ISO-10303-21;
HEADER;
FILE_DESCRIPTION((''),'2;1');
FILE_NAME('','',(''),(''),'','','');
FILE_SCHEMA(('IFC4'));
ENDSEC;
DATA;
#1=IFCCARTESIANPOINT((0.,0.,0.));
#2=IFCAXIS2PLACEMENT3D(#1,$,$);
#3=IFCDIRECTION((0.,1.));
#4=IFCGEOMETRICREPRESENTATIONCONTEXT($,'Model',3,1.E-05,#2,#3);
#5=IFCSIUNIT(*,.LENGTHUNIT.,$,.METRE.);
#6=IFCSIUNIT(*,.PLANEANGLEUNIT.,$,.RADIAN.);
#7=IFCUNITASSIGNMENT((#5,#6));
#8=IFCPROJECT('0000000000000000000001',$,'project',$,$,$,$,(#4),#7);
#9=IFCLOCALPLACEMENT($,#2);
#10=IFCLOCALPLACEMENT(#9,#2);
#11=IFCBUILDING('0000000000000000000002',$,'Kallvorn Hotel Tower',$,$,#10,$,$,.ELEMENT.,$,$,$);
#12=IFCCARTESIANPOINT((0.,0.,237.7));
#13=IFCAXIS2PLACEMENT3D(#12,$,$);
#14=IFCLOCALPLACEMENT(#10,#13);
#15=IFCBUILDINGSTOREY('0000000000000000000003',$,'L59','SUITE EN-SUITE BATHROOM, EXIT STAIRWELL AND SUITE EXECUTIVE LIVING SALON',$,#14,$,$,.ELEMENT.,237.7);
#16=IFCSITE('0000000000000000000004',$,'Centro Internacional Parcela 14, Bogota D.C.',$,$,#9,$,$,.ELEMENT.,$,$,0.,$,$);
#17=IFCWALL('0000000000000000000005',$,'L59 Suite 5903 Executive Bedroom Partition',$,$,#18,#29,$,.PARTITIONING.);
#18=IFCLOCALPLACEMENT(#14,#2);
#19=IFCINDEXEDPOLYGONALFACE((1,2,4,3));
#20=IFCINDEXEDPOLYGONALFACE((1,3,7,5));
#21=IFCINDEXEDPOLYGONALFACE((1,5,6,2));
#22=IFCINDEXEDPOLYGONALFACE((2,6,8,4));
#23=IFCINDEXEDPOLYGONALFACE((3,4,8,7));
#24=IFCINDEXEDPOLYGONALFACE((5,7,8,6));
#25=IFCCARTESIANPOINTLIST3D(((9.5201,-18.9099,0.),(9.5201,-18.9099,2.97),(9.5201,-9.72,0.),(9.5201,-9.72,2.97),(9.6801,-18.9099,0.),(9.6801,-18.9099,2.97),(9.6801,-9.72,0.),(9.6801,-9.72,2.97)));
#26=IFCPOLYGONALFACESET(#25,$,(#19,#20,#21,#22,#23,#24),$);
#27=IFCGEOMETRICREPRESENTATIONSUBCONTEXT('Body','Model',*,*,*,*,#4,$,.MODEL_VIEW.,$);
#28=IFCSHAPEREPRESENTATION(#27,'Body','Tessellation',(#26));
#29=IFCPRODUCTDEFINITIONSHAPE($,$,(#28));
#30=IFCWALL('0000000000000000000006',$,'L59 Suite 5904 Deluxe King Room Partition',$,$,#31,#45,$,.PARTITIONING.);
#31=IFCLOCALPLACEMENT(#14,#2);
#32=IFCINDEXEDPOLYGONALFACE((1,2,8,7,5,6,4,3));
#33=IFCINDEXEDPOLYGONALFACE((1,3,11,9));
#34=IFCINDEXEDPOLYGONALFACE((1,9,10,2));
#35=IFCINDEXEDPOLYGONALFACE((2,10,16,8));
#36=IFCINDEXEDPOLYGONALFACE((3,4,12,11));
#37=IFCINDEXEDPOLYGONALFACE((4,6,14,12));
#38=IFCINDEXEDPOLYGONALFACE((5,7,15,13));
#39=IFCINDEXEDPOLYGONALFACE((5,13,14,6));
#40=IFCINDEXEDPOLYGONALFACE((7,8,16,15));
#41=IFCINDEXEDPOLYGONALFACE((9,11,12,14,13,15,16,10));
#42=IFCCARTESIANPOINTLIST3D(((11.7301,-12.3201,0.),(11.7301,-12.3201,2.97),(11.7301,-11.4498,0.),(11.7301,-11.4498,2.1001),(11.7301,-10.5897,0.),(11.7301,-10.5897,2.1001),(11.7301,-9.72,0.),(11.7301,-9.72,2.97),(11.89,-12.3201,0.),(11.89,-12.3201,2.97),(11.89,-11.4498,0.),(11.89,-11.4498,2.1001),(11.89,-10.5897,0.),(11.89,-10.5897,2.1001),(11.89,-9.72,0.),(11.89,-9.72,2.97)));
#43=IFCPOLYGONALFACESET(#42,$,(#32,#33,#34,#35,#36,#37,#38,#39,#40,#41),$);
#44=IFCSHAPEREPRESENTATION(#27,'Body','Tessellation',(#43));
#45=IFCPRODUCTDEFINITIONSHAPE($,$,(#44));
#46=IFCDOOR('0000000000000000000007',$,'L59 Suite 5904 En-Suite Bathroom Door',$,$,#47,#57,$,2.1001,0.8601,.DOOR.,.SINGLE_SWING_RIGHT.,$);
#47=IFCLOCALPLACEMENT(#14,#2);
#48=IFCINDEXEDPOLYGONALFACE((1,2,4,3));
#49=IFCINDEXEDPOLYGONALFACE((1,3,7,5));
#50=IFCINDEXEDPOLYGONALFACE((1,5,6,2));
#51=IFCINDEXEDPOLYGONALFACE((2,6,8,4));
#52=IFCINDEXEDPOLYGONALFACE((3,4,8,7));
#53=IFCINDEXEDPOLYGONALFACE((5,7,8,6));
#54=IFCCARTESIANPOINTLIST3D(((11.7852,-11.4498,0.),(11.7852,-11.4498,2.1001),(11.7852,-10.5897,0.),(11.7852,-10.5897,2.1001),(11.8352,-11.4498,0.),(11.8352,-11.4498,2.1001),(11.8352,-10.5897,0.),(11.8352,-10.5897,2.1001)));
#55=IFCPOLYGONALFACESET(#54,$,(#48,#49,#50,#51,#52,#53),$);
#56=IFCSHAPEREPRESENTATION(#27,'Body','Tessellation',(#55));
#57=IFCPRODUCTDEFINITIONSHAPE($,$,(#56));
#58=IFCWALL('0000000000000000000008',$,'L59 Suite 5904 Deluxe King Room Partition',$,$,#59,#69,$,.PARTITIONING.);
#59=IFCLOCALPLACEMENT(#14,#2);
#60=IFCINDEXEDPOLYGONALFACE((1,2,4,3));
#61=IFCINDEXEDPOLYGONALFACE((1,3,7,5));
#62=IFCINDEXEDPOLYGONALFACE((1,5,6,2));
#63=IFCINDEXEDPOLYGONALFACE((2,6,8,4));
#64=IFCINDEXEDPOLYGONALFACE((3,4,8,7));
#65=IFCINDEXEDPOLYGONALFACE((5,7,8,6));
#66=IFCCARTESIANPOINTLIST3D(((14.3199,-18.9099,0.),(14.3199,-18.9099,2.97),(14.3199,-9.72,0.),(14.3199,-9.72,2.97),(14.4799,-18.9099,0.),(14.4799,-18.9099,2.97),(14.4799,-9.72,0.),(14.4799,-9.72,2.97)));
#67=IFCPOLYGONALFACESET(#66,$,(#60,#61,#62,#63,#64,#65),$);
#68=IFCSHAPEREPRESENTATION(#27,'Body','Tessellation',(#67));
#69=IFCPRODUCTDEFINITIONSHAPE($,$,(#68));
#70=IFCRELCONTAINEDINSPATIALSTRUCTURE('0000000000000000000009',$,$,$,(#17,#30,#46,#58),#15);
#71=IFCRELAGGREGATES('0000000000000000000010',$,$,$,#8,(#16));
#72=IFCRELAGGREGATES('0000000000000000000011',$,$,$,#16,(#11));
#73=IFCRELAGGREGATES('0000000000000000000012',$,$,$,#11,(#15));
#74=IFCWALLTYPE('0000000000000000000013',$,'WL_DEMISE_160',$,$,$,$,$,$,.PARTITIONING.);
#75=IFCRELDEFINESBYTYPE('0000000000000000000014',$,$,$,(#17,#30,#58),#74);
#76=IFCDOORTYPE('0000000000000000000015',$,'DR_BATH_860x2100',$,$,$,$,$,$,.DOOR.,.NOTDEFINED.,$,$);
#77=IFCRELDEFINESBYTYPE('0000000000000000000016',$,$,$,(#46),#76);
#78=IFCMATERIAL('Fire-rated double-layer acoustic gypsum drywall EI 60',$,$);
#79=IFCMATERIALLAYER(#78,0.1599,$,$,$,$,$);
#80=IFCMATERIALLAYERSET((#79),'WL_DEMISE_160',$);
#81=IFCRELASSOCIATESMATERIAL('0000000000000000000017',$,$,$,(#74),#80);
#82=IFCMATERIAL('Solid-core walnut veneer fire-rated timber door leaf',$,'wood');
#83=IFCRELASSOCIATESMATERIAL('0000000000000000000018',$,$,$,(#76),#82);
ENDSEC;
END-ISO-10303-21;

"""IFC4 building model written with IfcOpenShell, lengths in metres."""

from ifc_helpers import new_model, si_unit, direction, frame, frame_2d, origin, place, context, subcontext, project, spatial, rectangle, extrude, material, layer, layer_set, type_object, element, fill, save


model = new_model("IFC4")

# Units and contexts
model_context = context("Model", 3, precision=1e-05, world=origin(), true_north=direction((0.0, 1.0)))
body_context = subcontext(model_context, "Body", "Model", "MODEL_VIEW")
ifc_project = project(units=[si_unit("LENGTHUNIT", "METRE"), si_unit("PLANEANGLEUNIT", "RADIAN")], contexts=[model_context])

# Site, building, storey
site_placement = place(None, origin())
site = spatial("IfcSite", under=ifc_project, at=site_placement, Name="Centro Internacional Parcela 14, Bogota D.C.", CompositionType="ELEMENT", RefElevation=0.0)
building_placement = place(site_placement, origin())
building = spatial("IfcBuilding", under=site, at=building_placement, Name="Kallvorn Hotel Tower", CompositionType="ELEMENT")
storey_placement = place(building_placement, frame((0.0, 0.0, 237.7)))
storey = spatial("IfcBuildingStorey", under=building, at=storey_placement, Name="L59", Description="SUITE EN-SUITE BATHROOM, EXIT STAIRWELL AND SUITE EXECUTIVE LIVING SALON", CompositionType="ELEMENT", Elevation=237.7)

# Wall
ifc_material_1 = material(Name="Fire-rated double-layer acoustic gypsum drywall EI 60")
ifc_layer = layer(ifc_material_1, 0.1599)
ifc_layer_set = layer_set([ifc_layer], Name="WL_DEMISE_160")
wall_type = type_object("IfcWallType", Name="WL_DEMISE_160", PredefinedType="PARTITIONING", material=ifc_layer_set)
wall_1_placement = place(storey_placement, frame((9.6001, -18.9099, 0.0), z_axis=(0.0, 0.0, 1.0), x_axis=(0.0, 1.0, 0.0)))
element("IfcWall", 1, at=wall_1_placement, inside=storey, type_object=wall_type, Name="L59 Suite 5903 Executive Bedroom Partition", PredefinedType="PARTITIONING", context=body_context, shape_type="SweptSolid", body=[
    extrude(rectangle(XDim=9.1899, YDim=0.1599, at=frame_2d((4.595, 0.0))), origin(), (0.0, 0.0, 1.0), 2.97),
])

# Wall, opening, door
wall_2_placement = place(storey_placement, frame((11.8101, -12.3201, 0.0), z_axis=(0.0, 0.0, 1.0), x_axis=(0.0, 1.0, 0.0)))
wall_2 = element("IfcWall", 2, at=wall_2_placement, inside=storey, type_object=wall_type, Name="L59 Suite 5904 Deluxe King Room Partition", PredefinedType="PARTITIONING", context=body_context, shape_type="SweptSolid", body=[
    extrude(rectangle(XDim=2.6001, YDim=0.1599, at=frame_2d((1.3, 0.0))), origin(), (0.0, 0.0, 1.0), 2.97),
])
opening_placement = place(wall_2_placement, frame((0.8701, 0.0, 0.0)))
opening = element("IfcOpeningElement", 3, at=opening_placement, cuts=wall_2, PredefinedType="OPENING", context=body_context, shape_type="SweptSolid", body=[
    extrude(rectangle(XDim=0.8601, YDim=2.1001, at=frame_2d((0.4302, 1.05))), frame((0.0, 0.095, 0.0), z_axis=(0.0, -1.0, 0.0), x_axis=(1.0, 0.0, 0.0)), (0.0, 0.0, 1.0), 0.1899),
])
ifc_material_2 = material(Name="Solid-core walnut veneer fire-rated timber door leaf", Category="wood")
door_type = type_object("IfcDoorType", Name="DR_BATH_860x2100", OperationType="NOTDEFINED", PredefinedType="DOOR", material=ifc_material_2)
door_placement = place(opening_placement, origin())
door = element("IfcDoor", 4, at=door_placement, inside=storey, type_object=door_type, Name="L59 Suite 5904 En-Suite Bathroom Door", OperationType="SINGLE_SWING_RIGHT", OverallHeight=2.1001, OverallWidth=0.8601, PredefinedType="DOOR", context=body_context, shape_type="SweptSolid", body=[
    extrude(rectangle(XDim=0.8601, YDim=2.1001, at=frame_2d((0.4302, 1.05))), frame((0.0, 0.0249, 0.0), z_axis=(0.0, -1.0, 0.0), x_axis=(1.0, 0.0, 0.0)), (0.0, 0.0, 1.0), 0.05),
])
fill(opening, door)

# Wall
wall_3_placement = place(storey_placement, frame((14.3999, -18.9099, 0.0), z_axis=(0.0, 0.0, 1.0), x_axis=(0.0, 1.0, 0.0)))
element("IfcWall", 5, at=wall_3_placement, inside=storey, type_object=wall_type, Name="L59 Suite 5904 Deluxe King Room Partition", PredefinedType="PARTITIONING", context=body_context, shape_type="SweptSolid", body=[
    extrude(rectangle(XDim=9.1899, YDim=0.1599, at=frame_2d((4.595, 0.0))), origin(), (0.0, 0.0, 1.0), 2.97),
])

save(model, "model.ifc")
